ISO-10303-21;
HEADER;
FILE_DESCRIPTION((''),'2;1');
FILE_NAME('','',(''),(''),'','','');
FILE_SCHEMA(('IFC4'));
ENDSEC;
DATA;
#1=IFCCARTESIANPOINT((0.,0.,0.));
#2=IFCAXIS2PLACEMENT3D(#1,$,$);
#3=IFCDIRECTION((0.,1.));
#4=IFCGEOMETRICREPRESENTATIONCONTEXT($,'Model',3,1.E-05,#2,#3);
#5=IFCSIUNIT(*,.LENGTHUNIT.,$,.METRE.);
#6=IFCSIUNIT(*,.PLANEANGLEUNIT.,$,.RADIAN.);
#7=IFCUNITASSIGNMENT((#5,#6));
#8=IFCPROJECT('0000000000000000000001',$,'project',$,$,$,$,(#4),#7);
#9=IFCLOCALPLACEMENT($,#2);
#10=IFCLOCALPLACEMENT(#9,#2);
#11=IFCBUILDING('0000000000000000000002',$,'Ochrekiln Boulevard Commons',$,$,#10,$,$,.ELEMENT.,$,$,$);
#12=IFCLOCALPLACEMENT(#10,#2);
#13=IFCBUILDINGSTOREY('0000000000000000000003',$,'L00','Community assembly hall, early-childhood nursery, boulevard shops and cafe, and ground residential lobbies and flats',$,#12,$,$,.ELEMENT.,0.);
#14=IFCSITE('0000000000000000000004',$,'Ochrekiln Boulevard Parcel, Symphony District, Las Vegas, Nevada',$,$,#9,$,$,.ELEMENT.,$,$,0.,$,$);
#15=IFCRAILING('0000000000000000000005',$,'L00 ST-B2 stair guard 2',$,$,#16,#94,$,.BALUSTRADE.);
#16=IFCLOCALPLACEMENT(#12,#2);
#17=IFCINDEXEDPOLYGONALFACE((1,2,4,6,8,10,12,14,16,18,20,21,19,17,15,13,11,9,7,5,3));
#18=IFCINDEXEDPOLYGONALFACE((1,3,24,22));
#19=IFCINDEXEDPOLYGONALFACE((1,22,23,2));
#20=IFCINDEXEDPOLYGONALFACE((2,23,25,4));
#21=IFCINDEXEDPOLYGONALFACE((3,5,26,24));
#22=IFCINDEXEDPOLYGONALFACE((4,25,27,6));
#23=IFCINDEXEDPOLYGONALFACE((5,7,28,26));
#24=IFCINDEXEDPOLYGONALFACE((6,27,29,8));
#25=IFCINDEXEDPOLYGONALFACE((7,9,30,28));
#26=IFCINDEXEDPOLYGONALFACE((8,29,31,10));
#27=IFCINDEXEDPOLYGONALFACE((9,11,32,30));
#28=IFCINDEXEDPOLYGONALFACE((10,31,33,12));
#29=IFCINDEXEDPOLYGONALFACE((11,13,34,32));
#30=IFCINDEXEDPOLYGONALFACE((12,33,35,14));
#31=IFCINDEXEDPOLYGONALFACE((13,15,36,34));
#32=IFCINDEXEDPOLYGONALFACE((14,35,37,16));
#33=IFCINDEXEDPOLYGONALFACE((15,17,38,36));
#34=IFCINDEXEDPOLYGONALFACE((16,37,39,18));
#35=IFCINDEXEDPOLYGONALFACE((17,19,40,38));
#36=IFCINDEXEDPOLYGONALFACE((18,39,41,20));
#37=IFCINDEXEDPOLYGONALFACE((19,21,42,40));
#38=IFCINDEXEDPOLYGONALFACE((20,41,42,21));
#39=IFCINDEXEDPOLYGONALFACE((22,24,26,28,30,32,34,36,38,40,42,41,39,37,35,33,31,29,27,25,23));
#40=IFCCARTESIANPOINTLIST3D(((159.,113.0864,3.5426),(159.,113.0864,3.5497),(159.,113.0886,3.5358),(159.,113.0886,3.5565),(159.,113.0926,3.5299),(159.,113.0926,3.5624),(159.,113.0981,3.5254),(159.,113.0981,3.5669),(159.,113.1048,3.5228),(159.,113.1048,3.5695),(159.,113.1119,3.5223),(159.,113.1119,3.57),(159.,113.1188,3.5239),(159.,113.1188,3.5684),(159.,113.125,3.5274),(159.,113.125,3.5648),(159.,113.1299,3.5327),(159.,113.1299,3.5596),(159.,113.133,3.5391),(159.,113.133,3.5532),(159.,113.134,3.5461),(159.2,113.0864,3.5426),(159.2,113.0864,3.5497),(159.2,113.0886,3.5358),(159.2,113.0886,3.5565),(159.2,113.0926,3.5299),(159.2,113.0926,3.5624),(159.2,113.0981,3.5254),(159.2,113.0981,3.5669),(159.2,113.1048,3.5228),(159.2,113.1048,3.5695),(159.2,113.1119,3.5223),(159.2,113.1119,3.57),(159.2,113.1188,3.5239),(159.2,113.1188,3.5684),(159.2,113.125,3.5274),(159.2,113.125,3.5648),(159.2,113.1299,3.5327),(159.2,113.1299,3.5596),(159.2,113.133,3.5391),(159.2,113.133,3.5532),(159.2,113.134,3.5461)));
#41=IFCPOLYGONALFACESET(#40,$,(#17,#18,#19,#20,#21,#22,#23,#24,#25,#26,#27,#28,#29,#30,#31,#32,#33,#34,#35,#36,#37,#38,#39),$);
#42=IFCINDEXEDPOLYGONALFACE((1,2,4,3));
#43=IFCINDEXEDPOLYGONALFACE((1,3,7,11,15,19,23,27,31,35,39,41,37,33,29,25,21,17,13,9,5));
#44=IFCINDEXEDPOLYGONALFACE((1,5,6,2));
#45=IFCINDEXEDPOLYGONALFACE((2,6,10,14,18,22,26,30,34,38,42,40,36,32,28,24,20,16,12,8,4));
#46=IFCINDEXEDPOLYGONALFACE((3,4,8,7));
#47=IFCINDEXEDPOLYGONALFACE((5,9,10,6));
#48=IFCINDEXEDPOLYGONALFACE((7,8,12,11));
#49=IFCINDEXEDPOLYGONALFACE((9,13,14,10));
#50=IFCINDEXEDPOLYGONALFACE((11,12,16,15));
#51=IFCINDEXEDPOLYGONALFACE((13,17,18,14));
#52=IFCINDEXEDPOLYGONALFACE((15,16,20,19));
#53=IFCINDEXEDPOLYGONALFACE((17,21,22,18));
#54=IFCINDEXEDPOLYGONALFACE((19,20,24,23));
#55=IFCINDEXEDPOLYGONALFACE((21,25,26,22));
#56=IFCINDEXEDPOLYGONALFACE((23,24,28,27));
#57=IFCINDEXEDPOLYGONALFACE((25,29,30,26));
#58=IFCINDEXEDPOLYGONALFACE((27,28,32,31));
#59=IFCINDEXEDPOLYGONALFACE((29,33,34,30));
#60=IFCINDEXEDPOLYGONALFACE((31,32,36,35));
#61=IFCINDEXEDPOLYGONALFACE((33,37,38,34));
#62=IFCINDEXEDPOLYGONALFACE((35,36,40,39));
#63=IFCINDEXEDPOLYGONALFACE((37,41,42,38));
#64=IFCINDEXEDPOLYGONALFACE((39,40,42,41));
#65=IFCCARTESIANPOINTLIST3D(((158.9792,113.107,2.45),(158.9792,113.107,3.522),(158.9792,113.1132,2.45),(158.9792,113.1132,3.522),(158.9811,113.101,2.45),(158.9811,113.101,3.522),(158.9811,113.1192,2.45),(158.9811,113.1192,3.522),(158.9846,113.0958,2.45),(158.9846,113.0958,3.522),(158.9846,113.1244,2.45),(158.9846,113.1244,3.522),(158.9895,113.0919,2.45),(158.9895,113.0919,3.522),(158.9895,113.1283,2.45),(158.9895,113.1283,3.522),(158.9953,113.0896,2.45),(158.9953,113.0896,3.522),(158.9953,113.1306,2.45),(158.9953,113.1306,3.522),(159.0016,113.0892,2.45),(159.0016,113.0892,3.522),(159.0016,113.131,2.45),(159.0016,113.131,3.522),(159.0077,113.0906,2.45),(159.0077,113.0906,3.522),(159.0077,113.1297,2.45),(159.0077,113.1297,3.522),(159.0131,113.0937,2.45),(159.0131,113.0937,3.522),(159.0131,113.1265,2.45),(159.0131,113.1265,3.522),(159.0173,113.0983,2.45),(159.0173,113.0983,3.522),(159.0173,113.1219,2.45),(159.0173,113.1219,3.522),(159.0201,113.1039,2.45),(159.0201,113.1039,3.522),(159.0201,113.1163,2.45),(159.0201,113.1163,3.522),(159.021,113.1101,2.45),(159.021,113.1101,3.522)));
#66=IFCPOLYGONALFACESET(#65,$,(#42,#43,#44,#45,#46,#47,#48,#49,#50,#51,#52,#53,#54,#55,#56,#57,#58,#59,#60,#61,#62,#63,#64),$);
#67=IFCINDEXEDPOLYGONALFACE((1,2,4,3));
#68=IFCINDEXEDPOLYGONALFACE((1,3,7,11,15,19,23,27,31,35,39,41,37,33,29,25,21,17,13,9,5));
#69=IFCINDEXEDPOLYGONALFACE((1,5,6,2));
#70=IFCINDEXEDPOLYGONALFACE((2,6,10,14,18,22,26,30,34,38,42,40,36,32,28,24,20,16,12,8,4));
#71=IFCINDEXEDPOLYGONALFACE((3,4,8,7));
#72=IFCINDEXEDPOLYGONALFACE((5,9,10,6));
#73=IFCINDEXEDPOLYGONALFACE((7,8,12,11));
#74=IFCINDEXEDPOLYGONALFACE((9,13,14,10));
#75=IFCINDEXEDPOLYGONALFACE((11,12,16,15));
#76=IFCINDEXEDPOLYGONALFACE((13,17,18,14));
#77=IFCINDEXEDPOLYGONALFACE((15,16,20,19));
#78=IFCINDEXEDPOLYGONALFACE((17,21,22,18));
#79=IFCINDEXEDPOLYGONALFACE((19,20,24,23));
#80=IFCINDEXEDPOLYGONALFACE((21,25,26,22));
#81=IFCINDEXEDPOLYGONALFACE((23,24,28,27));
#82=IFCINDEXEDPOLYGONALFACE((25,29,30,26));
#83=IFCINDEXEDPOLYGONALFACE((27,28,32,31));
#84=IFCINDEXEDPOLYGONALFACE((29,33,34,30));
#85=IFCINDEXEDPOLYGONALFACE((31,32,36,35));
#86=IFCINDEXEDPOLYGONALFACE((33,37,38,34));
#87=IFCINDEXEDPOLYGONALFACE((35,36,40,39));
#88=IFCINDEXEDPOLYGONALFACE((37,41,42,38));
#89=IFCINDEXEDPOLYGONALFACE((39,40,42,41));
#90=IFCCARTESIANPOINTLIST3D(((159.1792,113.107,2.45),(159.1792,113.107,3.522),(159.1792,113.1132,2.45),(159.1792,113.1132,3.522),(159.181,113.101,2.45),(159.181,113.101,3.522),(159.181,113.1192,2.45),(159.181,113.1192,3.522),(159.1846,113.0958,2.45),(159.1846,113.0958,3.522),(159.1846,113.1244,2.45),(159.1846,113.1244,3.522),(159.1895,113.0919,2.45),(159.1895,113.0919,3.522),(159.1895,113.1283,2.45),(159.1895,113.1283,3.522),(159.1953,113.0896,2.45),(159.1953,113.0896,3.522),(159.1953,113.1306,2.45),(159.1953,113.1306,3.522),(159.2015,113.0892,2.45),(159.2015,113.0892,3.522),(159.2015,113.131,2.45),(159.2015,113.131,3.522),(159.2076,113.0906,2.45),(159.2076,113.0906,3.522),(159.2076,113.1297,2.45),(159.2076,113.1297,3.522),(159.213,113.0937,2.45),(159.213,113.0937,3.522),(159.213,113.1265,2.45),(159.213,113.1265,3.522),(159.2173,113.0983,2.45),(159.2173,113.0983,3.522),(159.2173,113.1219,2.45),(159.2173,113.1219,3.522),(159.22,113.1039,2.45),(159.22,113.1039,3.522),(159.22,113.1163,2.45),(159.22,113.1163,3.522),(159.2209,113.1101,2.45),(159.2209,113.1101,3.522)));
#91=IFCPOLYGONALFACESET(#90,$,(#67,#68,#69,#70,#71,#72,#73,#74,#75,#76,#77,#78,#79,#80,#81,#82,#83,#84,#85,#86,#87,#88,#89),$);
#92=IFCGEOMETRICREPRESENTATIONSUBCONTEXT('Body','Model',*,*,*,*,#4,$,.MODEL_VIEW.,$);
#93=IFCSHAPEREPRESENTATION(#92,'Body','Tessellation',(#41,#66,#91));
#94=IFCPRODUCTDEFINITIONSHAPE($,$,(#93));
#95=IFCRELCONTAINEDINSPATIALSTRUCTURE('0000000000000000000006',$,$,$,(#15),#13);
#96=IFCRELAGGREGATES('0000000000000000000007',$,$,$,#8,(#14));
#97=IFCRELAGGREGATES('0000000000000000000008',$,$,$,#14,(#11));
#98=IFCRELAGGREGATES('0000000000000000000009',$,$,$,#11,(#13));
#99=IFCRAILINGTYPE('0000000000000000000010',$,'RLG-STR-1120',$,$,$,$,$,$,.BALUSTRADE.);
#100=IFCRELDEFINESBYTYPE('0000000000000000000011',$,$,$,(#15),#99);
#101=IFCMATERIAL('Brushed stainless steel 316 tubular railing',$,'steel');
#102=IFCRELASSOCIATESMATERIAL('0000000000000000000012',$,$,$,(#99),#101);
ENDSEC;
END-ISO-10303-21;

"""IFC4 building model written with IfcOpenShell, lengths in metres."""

from ifc_helpers import new_model, si_unit, direction, frame, origin, origin_2d, place, context, subcontext, project, spatial, circle, extrude, material, type_object, element, save


model = new_model("IFC4")

# Units and contexts
model_context = context("Model", 3, precision=1e-05, world=origin(), true_north=direction((0.0, 1.0)))
body_context = subcontext(model_context, "Body", "Model", "MODEL_VIEW")
ifc_project = project(units=[si_unit("LENGTHUNIT", "METRE"), si_unit("PLANEANGLEUNIT", "RADIAN")], contexts=[model_context])

# Site, building, storey
site_placement = place(None, origin())
site = spatial("IfcSite", under=ifc_project, at=site_placement, Name="Ochrekiln Boulevard Parcel, Symphony District, Las Vegas, Nevada", CompositionType="ELEMENT", RefElevation=0.0)
building_placement = place(site_placement, origin())
building = spatial("IfcBuilding", under=site, at=building_placement, Name="Ochrekiln Boulevard Commons", CompositionType="ELEMENT")
storey_placement = place(building_placement, origin())
storey = spatial("IfcBuildingStorey", under=building, at=storey_placement, Name="L00", Description="Community assembly hall, early-childhood nursery, boulevard shops and cafe, and ground residential lobbies and flats", CompositionType="ELEMENT", Elevation=0.0)

# Railing
ifc_material_1 = material(Name="Brushed stainless steel 316 tubular railing", Category="steel")
railing_type_1 = type_object("IfcRailingType", Name="RLG-STR-1120", PredefinedType="BALUSTRADE", material=ifc_material_1)
railing_1_placement = place(storey_placement, frame((159.0, 113.1101, 2.45)))
element("IfcRailing", 1, at=railing_1_placement, inside=storey, type_object=railing_type_1, Name="L00 ST-B2 stair guard 2", PredefinedType="BALUSTRADE", context=body_context, shape_type="SweptSolid", body=[
    extrude(circle(Radius=0.0239, at=origin_2d()), frame((0.0, 0.0, 1.0962), z_axis=(1.0, 0.0, 0.0), x_axis=(0.0, 1.0, 0.0)), (0.0, 0.0, 1.0), 0.2),
    extrude(circle(Radius=0.021, at=origin_2d()), origin(), (0.0, 0.0, 1.0), 1.072),
    extrude(circle(Radius=0.021, at=origin_2d()), frame((0.2, 0.0, 0.0)), (0.0, 0.0, 1.0), 1.072),
])

save(model, "model.ifc")
